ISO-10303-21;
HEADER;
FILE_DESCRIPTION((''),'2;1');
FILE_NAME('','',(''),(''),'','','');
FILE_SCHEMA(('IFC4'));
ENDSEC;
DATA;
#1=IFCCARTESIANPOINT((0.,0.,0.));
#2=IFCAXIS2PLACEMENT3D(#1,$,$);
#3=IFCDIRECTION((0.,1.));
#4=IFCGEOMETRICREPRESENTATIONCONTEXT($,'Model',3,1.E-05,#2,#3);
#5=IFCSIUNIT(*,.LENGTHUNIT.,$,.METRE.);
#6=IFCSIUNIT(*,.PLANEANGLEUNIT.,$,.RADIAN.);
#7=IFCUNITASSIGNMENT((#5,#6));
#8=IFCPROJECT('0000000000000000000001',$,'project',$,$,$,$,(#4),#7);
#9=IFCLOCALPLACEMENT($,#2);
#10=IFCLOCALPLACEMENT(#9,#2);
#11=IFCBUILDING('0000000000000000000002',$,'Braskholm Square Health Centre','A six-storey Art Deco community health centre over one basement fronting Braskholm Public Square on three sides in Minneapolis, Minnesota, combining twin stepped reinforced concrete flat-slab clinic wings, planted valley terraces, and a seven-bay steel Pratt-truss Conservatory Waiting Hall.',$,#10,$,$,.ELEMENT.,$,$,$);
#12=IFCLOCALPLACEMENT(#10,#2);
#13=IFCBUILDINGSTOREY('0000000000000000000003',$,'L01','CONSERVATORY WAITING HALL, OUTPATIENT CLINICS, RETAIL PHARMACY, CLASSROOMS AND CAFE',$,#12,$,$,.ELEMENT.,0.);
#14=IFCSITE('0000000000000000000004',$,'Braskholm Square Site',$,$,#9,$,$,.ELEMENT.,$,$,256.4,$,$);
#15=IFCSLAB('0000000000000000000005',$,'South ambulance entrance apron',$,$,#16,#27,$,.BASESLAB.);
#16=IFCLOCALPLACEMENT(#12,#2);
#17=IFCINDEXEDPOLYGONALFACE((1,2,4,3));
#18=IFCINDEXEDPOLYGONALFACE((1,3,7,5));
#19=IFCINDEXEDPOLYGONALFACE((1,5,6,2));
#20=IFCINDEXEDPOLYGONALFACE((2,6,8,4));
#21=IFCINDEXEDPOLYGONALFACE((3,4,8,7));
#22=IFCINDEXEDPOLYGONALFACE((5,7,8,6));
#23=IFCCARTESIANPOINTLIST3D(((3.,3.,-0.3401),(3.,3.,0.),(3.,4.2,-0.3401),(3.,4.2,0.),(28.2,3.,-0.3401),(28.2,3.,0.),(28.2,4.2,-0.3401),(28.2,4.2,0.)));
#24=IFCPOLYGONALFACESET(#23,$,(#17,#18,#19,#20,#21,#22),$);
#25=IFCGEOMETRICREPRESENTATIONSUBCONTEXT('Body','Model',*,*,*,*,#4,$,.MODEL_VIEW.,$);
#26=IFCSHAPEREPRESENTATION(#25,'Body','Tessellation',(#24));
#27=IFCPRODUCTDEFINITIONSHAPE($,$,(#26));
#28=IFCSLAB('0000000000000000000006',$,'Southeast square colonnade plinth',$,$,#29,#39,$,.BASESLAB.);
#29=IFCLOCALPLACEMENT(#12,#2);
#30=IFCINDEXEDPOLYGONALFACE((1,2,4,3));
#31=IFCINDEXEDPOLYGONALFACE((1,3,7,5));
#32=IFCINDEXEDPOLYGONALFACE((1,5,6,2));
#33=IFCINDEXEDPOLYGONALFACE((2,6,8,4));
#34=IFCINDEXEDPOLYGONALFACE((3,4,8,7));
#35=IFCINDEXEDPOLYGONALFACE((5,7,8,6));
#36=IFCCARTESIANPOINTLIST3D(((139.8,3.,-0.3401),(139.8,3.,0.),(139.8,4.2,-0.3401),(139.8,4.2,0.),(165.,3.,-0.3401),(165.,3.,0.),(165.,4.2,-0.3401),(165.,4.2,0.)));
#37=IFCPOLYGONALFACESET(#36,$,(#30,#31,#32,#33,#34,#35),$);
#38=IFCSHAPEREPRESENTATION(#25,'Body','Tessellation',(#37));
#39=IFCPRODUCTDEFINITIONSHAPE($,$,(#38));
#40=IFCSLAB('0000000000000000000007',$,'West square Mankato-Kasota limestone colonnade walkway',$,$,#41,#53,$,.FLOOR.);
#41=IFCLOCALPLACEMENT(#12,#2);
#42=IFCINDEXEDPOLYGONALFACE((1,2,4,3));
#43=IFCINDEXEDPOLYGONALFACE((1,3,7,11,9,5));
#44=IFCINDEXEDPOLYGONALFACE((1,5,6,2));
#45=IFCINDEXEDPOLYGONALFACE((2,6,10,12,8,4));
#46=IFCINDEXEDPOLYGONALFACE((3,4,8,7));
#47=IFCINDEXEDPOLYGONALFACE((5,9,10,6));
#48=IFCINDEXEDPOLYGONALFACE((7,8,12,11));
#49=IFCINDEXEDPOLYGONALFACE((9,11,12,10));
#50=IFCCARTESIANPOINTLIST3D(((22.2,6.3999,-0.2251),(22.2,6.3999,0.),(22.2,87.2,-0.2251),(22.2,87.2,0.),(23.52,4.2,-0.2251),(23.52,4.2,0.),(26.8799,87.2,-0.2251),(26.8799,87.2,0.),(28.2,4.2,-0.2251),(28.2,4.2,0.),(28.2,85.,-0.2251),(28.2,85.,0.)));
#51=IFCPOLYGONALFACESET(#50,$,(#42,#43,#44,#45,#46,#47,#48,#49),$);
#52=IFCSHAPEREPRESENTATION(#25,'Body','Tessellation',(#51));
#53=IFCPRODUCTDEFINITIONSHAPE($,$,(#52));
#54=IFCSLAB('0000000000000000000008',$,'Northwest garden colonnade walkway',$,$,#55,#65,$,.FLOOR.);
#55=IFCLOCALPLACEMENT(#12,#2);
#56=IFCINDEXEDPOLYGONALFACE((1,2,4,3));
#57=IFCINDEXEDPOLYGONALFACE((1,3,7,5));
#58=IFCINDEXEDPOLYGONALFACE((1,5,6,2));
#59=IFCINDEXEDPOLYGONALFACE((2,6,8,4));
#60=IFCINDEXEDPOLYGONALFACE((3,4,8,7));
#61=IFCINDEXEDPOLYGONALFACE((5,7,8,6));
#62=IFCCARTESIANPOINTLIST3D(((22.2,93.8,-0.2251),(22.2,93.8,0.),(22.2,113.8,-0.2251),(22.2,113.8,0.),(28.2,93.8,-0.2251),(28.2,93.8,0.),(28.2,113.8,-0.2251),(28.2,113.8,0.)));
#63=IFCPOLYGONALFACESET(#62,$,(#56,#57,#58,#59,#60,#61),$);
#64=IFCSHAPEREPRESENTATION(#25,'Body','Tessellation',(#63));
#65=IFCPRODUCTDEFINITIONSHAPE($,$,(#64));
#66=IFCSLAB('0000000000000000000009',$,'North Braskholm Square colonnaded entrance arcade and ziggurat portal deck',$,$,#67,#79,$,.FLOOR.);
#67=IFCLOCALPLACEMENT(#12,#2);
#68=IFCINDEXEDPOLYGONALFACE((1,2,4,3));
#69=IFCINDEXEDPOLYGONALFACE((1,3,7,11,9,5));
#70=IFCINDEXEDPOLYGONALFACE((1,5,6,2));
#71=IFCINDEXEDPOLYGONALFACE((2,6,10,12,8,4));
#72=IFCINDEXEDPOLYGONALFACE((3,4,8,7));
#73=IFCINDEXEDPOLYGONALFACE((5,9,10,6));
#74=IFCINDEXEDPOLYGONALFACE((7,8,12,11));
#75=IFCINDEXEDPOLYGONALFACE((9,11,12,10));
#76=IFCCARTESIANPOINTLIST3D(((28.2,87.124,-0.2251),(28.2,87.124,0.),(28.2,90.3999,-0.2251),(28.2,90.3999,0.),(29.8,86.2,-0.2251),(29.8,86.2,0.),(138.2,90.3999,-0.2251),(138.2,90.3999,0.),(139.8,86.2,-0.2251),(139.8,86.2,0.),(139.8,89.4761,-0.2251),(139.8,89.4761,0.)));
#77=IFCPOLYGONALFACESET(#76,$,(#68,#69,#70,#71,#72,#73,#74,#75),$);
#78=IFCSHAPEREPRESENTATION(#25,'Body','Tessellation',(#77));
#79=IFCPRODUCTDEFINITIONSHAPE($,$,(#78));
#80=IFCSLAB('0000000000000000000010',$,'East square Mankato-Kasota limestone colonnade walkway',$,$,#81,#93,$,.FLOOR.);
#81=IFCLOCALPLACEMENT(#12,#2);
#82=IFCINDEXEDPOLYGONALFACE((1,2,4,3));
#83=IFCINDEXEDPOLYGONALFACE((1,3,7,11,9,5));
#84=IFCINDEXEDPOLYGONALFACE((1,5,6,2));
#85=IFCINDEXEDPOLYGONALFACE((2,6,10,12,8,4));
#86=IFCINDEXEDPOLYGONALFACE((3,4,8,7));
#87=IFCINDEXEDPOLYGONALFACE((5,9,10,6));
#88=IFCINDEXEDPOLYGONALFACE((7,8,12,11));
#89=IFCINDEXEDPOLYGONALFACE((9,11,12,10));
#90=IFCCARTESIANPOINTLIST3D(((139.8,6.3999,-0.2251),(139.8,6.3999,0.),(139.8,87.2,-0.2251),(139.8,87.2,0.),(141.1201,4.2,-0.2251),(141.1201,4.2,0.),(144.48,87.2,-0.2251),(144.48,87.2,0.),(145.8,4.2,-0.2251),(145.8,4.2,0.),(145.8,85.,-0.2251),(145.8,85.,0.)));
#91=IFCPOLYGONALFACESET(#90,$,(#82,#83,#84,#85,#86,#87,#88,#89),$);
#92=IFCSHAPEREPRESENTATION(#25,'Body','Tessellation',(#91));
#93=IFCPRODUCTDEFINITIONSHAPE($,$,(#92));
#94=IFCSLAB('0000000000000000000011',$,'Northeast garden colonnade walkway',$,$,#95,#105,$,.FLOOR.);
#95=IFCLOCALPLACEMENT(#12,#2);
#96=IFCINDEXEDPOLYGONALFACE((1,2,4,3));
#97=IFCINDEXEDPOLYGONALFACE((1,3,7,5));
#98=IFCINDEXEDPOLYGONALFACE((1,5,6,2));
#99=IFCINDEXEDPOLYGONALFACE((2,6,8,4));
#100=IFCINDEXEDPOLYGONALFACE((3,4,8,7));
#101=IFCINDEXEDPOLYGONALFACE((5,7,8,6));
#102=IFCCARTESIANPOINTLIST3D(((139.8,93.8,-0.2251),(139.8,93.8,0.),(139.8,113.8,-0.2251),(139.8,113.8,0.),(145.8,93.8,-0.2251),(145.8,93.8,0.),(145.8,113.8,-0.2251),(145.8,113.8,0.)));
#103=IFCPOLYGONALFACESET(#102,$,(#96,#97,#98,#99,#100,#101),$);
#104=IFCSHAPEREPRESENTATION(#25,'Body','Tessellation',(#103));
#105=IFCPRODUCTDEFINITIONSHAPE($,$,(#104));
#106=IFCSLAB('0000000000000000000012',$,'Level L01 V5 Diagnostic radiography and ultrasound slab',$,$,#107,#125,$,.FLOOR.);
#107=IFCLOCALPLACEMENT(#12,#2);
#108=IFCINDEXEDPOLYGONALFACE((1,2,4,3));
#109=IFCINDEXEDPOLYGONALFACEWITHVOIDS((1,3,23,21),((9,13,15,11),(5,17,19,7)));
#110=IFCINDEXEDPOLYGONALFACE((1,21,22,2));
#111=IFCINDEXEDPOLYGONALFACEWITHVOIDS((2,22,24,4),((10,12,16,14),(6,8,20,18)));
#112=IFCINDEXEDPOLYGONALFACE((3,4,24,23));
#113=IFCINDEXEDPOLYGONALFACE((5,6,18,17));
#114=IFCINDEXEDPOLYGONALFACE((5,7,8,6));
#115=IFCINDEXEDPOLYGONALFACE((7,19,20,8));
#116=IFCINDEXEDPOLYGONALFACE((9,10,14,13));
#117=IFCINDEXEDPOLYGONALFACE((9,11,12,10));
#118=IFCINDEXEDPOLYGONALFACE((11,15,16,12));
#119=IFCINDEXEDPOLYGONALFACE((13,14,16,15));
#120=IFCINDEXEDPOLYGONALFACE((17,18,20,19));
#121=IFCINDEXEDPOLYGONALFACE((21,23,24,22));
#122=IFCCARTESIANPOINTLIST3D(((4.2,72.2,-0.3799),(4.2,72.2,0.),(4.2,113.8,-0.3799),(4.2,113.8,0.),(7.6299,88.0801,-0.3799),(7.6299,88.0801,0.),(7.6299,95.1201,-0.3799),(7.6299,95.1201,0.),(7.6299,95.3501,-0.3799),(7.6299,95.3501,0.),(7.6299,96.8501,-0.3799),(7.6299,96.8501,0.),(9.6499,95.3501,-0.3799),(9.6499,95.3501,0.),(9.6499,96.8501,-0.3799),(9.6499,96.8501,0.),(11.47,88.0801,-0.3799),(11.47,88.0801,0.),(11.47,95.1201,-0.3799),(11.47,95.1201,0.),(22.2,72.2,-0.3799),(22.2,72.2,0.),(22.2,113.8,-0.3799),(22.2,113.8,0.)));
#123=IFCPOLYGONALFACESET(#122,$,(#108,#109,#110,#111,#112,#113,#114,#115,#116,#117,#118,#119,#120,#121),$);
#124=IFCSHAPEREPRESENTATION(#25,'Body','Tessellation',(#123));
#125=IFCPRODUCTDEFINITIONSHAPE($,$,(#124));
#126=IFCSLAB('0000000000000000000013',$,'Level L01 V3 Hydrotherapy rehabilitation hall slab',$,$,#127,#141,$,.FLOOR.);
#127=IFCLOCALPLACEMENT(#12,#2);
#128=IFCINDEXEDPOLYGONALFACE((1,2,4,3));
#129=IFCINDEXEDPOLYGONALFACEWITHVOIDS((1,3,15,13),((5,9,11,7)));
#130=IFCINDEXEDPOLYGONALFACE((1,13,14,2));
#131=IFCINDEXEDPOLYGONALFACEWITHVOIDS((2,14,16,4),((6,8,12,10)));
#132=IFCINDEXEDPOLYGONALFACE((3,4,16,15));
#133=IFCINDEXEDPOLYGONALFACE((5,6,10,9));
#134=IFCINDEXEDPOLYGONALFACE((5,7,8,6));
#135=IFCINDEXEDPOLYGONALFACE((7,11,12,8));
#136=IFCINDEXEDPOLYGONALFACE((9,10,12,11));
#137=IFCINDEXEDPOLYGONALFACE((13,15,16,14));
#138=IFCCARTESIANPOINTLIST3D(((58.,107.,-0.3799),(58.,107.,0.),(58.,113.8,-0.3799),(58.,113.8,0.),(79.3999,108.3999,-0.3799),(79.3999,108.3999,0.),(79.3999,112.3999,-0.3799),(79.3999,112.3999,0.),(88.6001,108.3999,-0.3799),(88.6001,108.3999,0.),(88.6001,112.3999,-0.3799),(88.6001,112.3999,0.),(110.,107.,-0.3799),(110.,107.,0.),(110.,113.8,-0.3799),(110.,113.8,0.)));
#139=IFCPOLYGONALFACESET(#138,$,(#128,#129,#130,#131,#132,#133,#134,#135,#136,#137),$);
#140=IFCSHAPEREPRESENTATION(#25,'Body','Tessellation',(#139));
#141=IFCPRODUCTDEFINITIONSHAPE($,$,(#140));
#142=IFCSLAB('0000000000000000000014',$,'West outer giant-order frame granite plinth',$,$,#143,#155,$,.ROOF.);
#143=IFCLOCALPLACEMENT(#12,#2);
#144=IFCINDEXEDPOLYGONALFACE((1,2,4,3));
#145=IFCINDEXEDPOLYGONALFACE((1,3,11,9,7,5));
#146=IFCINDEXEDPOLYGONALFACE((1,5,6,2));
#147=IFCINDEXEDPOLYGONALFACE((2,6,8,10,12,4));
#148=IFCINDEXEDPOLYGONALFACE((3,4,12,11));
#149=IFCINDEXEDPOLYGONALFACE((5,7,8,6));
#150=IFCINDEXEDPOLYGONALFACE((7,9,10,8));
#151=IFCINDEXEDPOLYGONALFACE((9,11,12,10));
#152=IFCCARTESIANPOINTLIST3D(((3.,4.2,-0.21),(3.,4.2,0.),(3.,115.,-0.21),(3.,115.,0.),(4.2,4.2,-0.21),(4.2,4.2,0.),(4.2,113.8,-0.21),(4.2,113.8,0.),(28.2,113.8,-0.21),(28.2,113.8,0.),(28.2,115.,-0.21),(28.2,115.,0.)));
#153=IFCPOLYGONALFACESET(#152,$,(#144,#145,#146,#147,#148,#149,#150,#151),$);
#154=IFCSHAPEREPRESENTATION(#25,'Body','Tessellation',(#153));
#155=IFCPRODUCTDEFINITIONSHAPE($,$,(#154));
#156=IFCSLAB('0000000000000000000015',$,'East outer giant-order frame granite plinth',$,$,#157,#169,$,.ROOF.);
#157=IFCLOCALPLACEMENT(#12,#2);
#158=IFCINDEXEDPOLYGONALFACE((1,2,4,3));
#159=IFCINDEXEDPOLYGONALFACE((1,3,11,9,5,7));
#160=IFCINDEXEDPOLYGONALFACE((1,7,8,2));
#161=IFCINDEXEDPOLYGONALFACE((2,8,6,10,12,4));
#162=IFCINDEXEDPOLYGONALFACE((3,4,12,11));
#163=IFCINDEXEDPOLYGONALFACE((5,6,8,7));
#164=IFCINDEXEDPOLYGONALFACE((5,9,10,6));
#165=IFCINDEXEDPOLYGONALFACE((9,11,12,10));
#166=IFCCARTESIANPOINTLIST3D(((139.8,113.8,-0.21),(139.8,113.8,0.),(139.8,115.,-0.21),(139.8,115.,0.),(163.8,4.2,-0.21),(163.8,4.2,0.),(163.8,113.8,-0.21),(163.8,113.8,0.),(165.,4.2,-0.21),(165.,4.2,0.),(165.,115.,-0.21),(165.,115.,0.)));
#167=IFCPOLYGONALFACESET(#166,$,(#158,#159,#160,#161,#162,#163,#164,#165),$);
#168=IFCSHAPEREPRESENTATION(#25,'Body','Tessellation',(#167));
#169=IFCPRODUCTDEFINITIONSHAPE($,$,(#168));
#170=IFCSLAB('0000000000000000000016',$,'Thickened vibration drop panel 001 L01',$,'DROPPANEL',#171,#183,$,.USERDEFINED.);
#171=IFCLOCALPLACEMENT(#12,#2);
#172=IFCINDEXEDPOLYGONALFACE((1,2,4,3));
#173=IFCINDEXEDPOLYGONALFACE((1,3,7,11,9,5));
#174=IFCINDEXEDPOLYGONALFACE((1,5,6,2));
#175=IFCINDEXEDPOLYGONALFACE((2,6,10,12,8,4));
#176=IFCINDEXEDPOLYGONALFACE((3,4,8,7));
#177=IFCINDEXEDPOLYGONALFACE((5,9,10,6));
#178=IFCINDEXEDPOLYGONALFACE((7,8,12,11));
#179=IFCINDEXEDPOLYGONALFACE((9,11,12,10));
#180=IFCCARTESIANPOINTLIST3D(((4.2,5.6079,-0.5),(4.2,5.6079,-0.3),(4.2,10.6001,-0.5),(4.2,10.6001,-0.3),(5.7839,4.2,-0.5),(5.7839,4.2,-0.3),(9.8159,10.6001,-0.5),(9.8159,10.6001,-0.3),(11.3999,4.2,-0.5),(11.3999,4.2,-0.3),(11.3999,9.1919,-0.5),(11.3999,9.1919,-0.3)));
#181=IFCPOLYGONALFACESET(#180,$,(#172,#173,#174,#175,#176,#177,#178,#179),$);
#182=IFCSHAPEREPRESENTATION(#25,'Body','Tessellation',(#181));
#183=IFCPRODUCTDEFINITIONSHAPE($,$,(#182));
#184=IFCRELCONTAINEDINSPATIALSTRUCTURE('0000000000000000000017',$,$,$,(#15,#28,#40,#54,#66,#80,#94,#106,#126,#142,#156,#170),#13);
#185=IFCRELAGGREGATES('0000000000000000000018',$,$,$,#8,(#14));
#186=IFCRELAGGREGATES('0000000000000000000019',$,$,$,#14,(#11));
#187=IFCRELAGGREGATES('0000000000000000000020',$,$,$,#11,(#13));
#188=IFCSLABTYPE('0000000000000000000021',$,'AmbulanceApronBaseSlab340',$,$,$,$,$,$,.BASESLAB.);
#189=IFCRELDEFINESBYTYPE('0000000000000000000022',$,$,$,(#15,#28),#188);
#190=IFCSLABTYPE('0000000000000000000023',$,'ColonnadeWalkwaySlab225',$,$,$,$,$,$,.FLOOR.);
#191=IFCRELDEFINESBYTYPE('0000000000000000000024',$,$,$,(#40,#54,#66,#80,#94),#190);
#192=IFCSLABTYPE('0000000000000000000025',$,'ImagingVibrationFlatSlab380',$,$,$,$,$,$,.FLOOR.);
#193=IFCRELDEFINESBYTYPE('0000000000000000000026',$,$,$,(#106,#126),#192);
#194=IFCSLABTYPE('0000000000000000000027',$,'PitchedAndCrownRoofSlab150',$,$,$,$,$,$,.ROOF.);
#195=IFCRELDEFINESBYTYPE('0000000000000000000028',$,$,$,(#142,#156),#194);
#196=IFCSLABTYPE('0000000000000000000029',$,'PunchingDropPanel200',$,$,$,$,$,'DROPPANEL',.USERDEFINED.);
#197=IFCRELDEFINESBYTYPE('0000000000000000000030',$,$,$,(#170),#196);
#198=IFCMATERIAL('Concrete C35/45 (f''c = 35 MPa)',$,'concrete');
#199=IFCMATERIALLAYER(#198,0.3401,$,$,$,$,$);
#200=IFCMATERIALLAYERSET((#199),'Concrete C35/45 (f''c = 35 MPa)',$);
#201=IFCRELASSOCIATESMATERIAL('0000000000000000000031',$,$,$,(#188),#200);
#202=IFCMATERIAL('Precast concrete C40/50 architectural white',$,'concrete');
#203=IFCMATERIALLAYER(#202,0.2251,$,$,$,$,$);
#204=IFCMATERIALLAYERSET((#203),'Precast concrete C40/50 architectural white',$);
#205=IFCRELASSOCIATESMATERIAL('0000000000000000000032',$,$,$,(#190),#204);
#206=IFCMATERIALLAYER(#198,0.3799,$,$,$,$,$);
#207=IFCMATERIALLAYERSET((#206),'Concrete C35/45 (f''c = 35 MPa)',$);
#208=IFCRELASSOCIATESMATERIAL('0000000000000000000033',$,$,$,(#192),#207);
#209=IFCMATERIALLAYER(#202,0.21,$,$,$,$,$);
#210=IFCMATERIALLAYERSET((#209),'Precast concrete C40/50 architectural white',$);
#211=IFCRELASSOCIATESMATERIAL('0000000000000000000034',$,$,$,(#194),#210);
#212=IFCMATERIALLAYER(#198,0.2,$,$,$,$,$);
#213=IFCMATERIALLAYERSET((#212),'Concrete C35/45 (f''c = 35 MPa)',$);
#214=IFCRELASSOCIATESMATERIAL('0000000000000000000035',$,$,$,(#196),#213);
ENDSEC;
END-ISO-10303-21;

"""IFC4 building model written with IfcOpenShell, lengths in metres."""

from ifc_helpers import new_model, si_unit, direction, frame, origin, place, context, subcontext, project, spatial, polyline, outline, extrude, material, layer, layer_set, type_object, element, save


model = new_model("IFC4")

# Units and contexts
model_context = context("Model", 3, precision=1e-05, world=origin(), true_north=direction((0.0, 1.0)))
body_context = subcontext(model_context, "Body", "Model", "MODEL_VIEW")
ifc_project = project(units=[si_unit("LENGTHUNIT", "METRE"), si_unit("PLANEANGLEUNIT", "RADIAN")], contexts=[model_context])

# Site, building, storey
site_placement = place(None, origin())
site = spatial("IfcSite", under=ifc_project, at=site_placement, Name="Braskholm Square Site", CompositionType="ELEMENT", RefElevation=256.4)
building_placement = place(site_placement, origin())
building = spatial("IfcBuilding", under=site, at=building_placement, Name="Braskholm Square Health Centre", Description="A six-storey Art Deco community health centre over one basement fronting Braskholm Public Square on three sides in Minneapolis, Minnesota, combining twin stepped reinforced concrete flat-slab clinic wings, planted valley terraces, and a seven-bay steel Pratt-truss Conservatory Waiting Hall.", CompositionType="ELEMENT")
storey_placement = place(building_placement, origin())
storey = spatial("IfcBuildingStorey", under=building, at=storey_placement, Name="L01", Description="CONSERVATORY WAITING HALL, OUTPATIENT CLINICS, RETAIL PHARMACY, CLASSROOMS AND CAFE", CompositionType="ELEMENT", Elevation=0.0)

# Slabs
ifc_material_1 = material(Name="Concrete C35/45 (f'c = 35 MPa)", Category="concrete")
ifc_layer_1 = layer(ifc_material_1, 0.3401)
ifc_layer_set_1 = layer_set([ifc_layer_1], Name="Concrete C35/45 (f'c = 35 MPa)")
slab_type_1 = type_object("IfcSlabType", Name="AmbulanceApronBaseSlab340", PredefinedType="BASESLAB", material=ifc_layer_set_1)
slab_1_placement = place(storey_placement, frame((0.0, 0.0, -0.3401)))
element("IfcSlab", 1, at=slab_1_placement, inside=storey, type_object=slab_type_1, Name="South ambulance entrance apron", PredefinedType="BASESLAB", context=body_context, shape_type="SweptSolid", body=[
    extrude(outline(polyline([(3.0, 3.0), (28.2, 3.0), (28.2, 4.2), (3.0, 4.2), (3.0, 3.0)])), origin(), (0.0, 0.0, 1.0), 0.3401),
])
slab_2_placement = place(storey_placement, frame((0.0, 0.0, -0.3401)))
element("IfcSlab", 2, at=slab_2_placement, inside=storey, type_object=slab_type_1, Name="Southeast square colonnade plinth", PredefinedType="BASESLAB", context=body_context, shape_type="SweptSolid", body=[
    extrude(outline(polyline([(139.8, 3.0), (165.0, 3.0), (165.0, 4.2), (139.8, 4.2), (139.8, 3.0)])), origin(), (0.0, 0.0, 1.0), 0.3401),
])
ifc_material_2 = material(Name="Precast concrete C40/50 architectural white", Category="concrete")
ifc_layer_2 = layer(ifc_material_2, 0.2251)
ifc_layer_set_2 = layer_set([ifc_layer_2], Name="Precast concrete C40/50 architectural white")
slab_type_2 = type_object("IfcSlabType", Name="ColonnadeWalkwaySlab225", PredefinedType="FLOOR", material=ifc_layer_set_2)
slab_3_placement = place(storey_placement, frame((0.0, 0.0, -0.2251)))
element("IfcSlab", 3, at=slab_3_placement, inside=storey, type_object=slab_type_2, Name="West square Mankato-Kasota limestone colonnade walkway", PredefinedType="FLOOR", context=body_context, shape_type="SweptSolid", body=[
    extrude(outline(polyline([(23.52, 4.2), (28.2, 4.2), (28.2, 85.0), (26.8799, 87.2), (22.2, 87.2), (22.2, 6.3999), (23.52, 4.2)])), origin(), (0.0, 0.0, 1.0), 0.2251),
])
slab_4_placement = place(storey_placement, frame((0.0, 0.0, -0.2251)))
element("IfcSlab", 4, at=slab_4_placement, inside=storey, type_object=slab_type_2, Name="Northwest garden colonnade walkway", PredefinedType="FLOOR", context=body_context, shape_type="SweptSolid", body=[
    extrude(outline(polyline([(22.2, 93.8), (28.2, 93.8), (28.2, 113.8), (22.2, 113.8), (22.2, 93.8)])), origin(), (0.0, 0.0, 1.0), 0.2251),
])
slab_5_placement = place(storey_placement, frame((0.0, 0.0, -0.2251)))
element("IfcSlab", 5, at=slab_5_placement, inside=storey, type_object=slab_type_2, Name="North Braskholm Square colonnaded entrance arcade and ziggurat portal deck", PredefinedType="FLOOR", context=body_context, shape_type="SweptSolid", body=[
    extrude(outline(polyline([(29.8, 86.2), (139.8, 86.2), (139.8, 89.4761), (138.2, 90.3999), (28.2, 90.3999), (28.2, 87.124), (29.8, 86.2)])), origin(), (0.0, 0.0, 1.0), 0.2251),
])
slab_6_placement = place(storey_placement, frame((0.0, 0.0, -0.2251)))
element("IfcSlab", 6, at=slab_6_placement, inside=storey, type_object=slab_type_2, Name="East square Mankato-Kasota limestone colonnade walkway", PredefinedType="FLOOR", context=body_context, shape_type="SweptSolid", body=[
    extrude(outline(polyline([(141.1201, 4.2), (145.8, 4.2), (145.8, 85.0), (144.48, 87.2), (139.8, 87.2), (139.8, 6.3999), (141.1201, 4.2)])), origin(), (0.0, 0.0, 1.0), 0.2251),
])
slab_7_placement = place(storey_placement, frame((0.0, 0.0, -0.2251)))
element("IfcSlab", 7, at=slab_7_placement, inside=storey, type_object=slab_type_2, Name="Northeast garden colonnade walkway", PredefinedType="FLOOR", context=body_context, shape_type="SweptSolid", body=[
    extrude(outline(polyline([(139.8, 93.8), (145.8, 93.8), (145.8, 113.8), (139.8, 113.8), (139.8, 93.8)])), origin(), (0.0, 0.0, 1.0), 0.2251),
])
ifc_layer_3 = layer(ifc_material_1, 0.3799)
ifc_layer_set_3 = layer_set([ifc_layer_3], Name="Concrete C35/45 (f'c = 35 MPa)")
slab_type_3 = type_object("IfcSlabType", Name="ImagingVibrationFlatSlab380", PredefinedType="FLOOR", material=ifc_layer_set_3)
slab_8_placement = place(storey_placement, frame((0.0, 0.0, -0.3799)))
element("IfcSlab", 8, at=slab_8_placement, inside=storey, type_object=slab_type_3, Name="Level L01 V5 Diagnostic radiography and ultrasound slab", PredefinedType="FLOOR", context=body_context, shape_type="SweptSolid", body=[
    extrude(outline(polyline([(4.2, 72.2), (22.2, 72.2), (22.2, 113.8), (4.2, 113.8), (4.2, 72.2)]), holes=[polyline([(7.6299, 88.0801), (11.47, 88.0801), (11.47, 95.1201), (7.6299, 95.1201), (7.6299, 88.0801)]), polyline([(7.6299, 95.3501), (9.6499, 95.3501), (9.6499, 96.8501), (7.6299, 96.8501), (7.6299, 95.3501)])]), origin(), (0.0, 0.0, 1.0), 0.3799),
])
slab_9_placement = place(storey_placement, frame((0.0, 0.0, -0.3799)))
element("IfcSlab", 9, at=slab_9_placement, inside=storey, type_object=slab_type_3, Name="Level L01 V3 Hydrotherapy rehabilitation hall slab", PredefinedType="FLOOR", context=body_context, shape_type="SweptSolid", body=[
    extrude(outline(polyline([(58.0, 107.0), (110.0, 107.0), (110.0, 113.8), (58.0, 113.8), (58.0, 107.0)]), holes=[polyline([(79.3999, 108.3999), (88.6001, 108.3999), (88.6001, 112.3999), (79.3999, 112.3999), (79.3999, 108.3999)])]), origin(), (0.0, 0.0, 1.0), 0.3799),
])
ifc_layer_4 = layer(ifc_material_2, 0.21)
ifc_layer_set_4 = layer_set([ifc_layer_4], Name="Precast concrete C40/50 architectural white")
slab_type_4 = type_object("IfcSlabType", Name="PitchedAndCrownRoofSlab150", PredefinedType="ROOF", material=ifc_layer_set_4)
slab_10_placement = place(storey_placement, frame((0.0, 0.0, -0.21)))
element("IfcSlab", 10, at=slab_10_placement, inside=storey, type_object=slab_type_4, Name="West outer giant-order frame granite plinth", PredefinedType="ROOF", context=body_context, shape_type="SweptSolid", body=[
    extrude(outline(polyline([(3.0, 4.2), (4.2, 4.2), (4.2, 113.8), (28.2, 113.8), (28.2, 115.0), (3.0, 115.0), (3.0, 4.2)])), origin(), (0.0, 0.0, 1.0), 0.21),
])
slab_11_placement = place(storey_placement, frame((0.0, 0.0, -0.21)))
element("IfcSlab", 11, at=slab_11_placement, inside=storey, type_object=slab_type_4, Name="East outer giant-order frame granite plinth", PredefinedType="ROOF", context=body_context, shape_type="SweptSolid", body=[
    extrude(outline(polyline([(163.8, 4.2), (165.0, 4.2), (165.0, 115.0), (139.8, 115.0), (139.8, 113.8), (163.8, 113.8), (163.8, 4.2)])), origin(), (0.0, 0.0, 1.0), 0.21),
])
ifc_layer_5 = layer(ifc_material_1, 0.2)
ifc_layer_set_5 = layer_set([ifc_layer_5], Name="Concrete C35/45 (f'c = 35 MPa)")
slab_type_5 = type_object("IfcSlabType", Name="PunchingDropPanel200", ElementType="DROPPANEL", PredefinedType="USERDEFINED", material=ifc_layer_set_5)
slab_12_placement = place(storey_placement, frame((0.0, 0.0, -0.5)))
element("IfcSlab", 12, at=slab_12_placement, inside=storey, type_object=slab_type_5, Name="Thickened vibration drop panel 001 L01", ObjectType="DROPPANEL", PredefinedType="USERDEFINED", context=body_context, shape_type="SweptSolid", body=[
    extrude(outline(polyline([(5.7839, 4.2), (11.3999, 4.2), (11.3999, 9.1919), (9.8159, 10.6001), (4.2, 10.6001), (4.2, 5.6079), (5.7839, 4.2)])), origin(), (0.0, 0.0, 1.0), 0.2),
])

save(model, "model.ifc")
